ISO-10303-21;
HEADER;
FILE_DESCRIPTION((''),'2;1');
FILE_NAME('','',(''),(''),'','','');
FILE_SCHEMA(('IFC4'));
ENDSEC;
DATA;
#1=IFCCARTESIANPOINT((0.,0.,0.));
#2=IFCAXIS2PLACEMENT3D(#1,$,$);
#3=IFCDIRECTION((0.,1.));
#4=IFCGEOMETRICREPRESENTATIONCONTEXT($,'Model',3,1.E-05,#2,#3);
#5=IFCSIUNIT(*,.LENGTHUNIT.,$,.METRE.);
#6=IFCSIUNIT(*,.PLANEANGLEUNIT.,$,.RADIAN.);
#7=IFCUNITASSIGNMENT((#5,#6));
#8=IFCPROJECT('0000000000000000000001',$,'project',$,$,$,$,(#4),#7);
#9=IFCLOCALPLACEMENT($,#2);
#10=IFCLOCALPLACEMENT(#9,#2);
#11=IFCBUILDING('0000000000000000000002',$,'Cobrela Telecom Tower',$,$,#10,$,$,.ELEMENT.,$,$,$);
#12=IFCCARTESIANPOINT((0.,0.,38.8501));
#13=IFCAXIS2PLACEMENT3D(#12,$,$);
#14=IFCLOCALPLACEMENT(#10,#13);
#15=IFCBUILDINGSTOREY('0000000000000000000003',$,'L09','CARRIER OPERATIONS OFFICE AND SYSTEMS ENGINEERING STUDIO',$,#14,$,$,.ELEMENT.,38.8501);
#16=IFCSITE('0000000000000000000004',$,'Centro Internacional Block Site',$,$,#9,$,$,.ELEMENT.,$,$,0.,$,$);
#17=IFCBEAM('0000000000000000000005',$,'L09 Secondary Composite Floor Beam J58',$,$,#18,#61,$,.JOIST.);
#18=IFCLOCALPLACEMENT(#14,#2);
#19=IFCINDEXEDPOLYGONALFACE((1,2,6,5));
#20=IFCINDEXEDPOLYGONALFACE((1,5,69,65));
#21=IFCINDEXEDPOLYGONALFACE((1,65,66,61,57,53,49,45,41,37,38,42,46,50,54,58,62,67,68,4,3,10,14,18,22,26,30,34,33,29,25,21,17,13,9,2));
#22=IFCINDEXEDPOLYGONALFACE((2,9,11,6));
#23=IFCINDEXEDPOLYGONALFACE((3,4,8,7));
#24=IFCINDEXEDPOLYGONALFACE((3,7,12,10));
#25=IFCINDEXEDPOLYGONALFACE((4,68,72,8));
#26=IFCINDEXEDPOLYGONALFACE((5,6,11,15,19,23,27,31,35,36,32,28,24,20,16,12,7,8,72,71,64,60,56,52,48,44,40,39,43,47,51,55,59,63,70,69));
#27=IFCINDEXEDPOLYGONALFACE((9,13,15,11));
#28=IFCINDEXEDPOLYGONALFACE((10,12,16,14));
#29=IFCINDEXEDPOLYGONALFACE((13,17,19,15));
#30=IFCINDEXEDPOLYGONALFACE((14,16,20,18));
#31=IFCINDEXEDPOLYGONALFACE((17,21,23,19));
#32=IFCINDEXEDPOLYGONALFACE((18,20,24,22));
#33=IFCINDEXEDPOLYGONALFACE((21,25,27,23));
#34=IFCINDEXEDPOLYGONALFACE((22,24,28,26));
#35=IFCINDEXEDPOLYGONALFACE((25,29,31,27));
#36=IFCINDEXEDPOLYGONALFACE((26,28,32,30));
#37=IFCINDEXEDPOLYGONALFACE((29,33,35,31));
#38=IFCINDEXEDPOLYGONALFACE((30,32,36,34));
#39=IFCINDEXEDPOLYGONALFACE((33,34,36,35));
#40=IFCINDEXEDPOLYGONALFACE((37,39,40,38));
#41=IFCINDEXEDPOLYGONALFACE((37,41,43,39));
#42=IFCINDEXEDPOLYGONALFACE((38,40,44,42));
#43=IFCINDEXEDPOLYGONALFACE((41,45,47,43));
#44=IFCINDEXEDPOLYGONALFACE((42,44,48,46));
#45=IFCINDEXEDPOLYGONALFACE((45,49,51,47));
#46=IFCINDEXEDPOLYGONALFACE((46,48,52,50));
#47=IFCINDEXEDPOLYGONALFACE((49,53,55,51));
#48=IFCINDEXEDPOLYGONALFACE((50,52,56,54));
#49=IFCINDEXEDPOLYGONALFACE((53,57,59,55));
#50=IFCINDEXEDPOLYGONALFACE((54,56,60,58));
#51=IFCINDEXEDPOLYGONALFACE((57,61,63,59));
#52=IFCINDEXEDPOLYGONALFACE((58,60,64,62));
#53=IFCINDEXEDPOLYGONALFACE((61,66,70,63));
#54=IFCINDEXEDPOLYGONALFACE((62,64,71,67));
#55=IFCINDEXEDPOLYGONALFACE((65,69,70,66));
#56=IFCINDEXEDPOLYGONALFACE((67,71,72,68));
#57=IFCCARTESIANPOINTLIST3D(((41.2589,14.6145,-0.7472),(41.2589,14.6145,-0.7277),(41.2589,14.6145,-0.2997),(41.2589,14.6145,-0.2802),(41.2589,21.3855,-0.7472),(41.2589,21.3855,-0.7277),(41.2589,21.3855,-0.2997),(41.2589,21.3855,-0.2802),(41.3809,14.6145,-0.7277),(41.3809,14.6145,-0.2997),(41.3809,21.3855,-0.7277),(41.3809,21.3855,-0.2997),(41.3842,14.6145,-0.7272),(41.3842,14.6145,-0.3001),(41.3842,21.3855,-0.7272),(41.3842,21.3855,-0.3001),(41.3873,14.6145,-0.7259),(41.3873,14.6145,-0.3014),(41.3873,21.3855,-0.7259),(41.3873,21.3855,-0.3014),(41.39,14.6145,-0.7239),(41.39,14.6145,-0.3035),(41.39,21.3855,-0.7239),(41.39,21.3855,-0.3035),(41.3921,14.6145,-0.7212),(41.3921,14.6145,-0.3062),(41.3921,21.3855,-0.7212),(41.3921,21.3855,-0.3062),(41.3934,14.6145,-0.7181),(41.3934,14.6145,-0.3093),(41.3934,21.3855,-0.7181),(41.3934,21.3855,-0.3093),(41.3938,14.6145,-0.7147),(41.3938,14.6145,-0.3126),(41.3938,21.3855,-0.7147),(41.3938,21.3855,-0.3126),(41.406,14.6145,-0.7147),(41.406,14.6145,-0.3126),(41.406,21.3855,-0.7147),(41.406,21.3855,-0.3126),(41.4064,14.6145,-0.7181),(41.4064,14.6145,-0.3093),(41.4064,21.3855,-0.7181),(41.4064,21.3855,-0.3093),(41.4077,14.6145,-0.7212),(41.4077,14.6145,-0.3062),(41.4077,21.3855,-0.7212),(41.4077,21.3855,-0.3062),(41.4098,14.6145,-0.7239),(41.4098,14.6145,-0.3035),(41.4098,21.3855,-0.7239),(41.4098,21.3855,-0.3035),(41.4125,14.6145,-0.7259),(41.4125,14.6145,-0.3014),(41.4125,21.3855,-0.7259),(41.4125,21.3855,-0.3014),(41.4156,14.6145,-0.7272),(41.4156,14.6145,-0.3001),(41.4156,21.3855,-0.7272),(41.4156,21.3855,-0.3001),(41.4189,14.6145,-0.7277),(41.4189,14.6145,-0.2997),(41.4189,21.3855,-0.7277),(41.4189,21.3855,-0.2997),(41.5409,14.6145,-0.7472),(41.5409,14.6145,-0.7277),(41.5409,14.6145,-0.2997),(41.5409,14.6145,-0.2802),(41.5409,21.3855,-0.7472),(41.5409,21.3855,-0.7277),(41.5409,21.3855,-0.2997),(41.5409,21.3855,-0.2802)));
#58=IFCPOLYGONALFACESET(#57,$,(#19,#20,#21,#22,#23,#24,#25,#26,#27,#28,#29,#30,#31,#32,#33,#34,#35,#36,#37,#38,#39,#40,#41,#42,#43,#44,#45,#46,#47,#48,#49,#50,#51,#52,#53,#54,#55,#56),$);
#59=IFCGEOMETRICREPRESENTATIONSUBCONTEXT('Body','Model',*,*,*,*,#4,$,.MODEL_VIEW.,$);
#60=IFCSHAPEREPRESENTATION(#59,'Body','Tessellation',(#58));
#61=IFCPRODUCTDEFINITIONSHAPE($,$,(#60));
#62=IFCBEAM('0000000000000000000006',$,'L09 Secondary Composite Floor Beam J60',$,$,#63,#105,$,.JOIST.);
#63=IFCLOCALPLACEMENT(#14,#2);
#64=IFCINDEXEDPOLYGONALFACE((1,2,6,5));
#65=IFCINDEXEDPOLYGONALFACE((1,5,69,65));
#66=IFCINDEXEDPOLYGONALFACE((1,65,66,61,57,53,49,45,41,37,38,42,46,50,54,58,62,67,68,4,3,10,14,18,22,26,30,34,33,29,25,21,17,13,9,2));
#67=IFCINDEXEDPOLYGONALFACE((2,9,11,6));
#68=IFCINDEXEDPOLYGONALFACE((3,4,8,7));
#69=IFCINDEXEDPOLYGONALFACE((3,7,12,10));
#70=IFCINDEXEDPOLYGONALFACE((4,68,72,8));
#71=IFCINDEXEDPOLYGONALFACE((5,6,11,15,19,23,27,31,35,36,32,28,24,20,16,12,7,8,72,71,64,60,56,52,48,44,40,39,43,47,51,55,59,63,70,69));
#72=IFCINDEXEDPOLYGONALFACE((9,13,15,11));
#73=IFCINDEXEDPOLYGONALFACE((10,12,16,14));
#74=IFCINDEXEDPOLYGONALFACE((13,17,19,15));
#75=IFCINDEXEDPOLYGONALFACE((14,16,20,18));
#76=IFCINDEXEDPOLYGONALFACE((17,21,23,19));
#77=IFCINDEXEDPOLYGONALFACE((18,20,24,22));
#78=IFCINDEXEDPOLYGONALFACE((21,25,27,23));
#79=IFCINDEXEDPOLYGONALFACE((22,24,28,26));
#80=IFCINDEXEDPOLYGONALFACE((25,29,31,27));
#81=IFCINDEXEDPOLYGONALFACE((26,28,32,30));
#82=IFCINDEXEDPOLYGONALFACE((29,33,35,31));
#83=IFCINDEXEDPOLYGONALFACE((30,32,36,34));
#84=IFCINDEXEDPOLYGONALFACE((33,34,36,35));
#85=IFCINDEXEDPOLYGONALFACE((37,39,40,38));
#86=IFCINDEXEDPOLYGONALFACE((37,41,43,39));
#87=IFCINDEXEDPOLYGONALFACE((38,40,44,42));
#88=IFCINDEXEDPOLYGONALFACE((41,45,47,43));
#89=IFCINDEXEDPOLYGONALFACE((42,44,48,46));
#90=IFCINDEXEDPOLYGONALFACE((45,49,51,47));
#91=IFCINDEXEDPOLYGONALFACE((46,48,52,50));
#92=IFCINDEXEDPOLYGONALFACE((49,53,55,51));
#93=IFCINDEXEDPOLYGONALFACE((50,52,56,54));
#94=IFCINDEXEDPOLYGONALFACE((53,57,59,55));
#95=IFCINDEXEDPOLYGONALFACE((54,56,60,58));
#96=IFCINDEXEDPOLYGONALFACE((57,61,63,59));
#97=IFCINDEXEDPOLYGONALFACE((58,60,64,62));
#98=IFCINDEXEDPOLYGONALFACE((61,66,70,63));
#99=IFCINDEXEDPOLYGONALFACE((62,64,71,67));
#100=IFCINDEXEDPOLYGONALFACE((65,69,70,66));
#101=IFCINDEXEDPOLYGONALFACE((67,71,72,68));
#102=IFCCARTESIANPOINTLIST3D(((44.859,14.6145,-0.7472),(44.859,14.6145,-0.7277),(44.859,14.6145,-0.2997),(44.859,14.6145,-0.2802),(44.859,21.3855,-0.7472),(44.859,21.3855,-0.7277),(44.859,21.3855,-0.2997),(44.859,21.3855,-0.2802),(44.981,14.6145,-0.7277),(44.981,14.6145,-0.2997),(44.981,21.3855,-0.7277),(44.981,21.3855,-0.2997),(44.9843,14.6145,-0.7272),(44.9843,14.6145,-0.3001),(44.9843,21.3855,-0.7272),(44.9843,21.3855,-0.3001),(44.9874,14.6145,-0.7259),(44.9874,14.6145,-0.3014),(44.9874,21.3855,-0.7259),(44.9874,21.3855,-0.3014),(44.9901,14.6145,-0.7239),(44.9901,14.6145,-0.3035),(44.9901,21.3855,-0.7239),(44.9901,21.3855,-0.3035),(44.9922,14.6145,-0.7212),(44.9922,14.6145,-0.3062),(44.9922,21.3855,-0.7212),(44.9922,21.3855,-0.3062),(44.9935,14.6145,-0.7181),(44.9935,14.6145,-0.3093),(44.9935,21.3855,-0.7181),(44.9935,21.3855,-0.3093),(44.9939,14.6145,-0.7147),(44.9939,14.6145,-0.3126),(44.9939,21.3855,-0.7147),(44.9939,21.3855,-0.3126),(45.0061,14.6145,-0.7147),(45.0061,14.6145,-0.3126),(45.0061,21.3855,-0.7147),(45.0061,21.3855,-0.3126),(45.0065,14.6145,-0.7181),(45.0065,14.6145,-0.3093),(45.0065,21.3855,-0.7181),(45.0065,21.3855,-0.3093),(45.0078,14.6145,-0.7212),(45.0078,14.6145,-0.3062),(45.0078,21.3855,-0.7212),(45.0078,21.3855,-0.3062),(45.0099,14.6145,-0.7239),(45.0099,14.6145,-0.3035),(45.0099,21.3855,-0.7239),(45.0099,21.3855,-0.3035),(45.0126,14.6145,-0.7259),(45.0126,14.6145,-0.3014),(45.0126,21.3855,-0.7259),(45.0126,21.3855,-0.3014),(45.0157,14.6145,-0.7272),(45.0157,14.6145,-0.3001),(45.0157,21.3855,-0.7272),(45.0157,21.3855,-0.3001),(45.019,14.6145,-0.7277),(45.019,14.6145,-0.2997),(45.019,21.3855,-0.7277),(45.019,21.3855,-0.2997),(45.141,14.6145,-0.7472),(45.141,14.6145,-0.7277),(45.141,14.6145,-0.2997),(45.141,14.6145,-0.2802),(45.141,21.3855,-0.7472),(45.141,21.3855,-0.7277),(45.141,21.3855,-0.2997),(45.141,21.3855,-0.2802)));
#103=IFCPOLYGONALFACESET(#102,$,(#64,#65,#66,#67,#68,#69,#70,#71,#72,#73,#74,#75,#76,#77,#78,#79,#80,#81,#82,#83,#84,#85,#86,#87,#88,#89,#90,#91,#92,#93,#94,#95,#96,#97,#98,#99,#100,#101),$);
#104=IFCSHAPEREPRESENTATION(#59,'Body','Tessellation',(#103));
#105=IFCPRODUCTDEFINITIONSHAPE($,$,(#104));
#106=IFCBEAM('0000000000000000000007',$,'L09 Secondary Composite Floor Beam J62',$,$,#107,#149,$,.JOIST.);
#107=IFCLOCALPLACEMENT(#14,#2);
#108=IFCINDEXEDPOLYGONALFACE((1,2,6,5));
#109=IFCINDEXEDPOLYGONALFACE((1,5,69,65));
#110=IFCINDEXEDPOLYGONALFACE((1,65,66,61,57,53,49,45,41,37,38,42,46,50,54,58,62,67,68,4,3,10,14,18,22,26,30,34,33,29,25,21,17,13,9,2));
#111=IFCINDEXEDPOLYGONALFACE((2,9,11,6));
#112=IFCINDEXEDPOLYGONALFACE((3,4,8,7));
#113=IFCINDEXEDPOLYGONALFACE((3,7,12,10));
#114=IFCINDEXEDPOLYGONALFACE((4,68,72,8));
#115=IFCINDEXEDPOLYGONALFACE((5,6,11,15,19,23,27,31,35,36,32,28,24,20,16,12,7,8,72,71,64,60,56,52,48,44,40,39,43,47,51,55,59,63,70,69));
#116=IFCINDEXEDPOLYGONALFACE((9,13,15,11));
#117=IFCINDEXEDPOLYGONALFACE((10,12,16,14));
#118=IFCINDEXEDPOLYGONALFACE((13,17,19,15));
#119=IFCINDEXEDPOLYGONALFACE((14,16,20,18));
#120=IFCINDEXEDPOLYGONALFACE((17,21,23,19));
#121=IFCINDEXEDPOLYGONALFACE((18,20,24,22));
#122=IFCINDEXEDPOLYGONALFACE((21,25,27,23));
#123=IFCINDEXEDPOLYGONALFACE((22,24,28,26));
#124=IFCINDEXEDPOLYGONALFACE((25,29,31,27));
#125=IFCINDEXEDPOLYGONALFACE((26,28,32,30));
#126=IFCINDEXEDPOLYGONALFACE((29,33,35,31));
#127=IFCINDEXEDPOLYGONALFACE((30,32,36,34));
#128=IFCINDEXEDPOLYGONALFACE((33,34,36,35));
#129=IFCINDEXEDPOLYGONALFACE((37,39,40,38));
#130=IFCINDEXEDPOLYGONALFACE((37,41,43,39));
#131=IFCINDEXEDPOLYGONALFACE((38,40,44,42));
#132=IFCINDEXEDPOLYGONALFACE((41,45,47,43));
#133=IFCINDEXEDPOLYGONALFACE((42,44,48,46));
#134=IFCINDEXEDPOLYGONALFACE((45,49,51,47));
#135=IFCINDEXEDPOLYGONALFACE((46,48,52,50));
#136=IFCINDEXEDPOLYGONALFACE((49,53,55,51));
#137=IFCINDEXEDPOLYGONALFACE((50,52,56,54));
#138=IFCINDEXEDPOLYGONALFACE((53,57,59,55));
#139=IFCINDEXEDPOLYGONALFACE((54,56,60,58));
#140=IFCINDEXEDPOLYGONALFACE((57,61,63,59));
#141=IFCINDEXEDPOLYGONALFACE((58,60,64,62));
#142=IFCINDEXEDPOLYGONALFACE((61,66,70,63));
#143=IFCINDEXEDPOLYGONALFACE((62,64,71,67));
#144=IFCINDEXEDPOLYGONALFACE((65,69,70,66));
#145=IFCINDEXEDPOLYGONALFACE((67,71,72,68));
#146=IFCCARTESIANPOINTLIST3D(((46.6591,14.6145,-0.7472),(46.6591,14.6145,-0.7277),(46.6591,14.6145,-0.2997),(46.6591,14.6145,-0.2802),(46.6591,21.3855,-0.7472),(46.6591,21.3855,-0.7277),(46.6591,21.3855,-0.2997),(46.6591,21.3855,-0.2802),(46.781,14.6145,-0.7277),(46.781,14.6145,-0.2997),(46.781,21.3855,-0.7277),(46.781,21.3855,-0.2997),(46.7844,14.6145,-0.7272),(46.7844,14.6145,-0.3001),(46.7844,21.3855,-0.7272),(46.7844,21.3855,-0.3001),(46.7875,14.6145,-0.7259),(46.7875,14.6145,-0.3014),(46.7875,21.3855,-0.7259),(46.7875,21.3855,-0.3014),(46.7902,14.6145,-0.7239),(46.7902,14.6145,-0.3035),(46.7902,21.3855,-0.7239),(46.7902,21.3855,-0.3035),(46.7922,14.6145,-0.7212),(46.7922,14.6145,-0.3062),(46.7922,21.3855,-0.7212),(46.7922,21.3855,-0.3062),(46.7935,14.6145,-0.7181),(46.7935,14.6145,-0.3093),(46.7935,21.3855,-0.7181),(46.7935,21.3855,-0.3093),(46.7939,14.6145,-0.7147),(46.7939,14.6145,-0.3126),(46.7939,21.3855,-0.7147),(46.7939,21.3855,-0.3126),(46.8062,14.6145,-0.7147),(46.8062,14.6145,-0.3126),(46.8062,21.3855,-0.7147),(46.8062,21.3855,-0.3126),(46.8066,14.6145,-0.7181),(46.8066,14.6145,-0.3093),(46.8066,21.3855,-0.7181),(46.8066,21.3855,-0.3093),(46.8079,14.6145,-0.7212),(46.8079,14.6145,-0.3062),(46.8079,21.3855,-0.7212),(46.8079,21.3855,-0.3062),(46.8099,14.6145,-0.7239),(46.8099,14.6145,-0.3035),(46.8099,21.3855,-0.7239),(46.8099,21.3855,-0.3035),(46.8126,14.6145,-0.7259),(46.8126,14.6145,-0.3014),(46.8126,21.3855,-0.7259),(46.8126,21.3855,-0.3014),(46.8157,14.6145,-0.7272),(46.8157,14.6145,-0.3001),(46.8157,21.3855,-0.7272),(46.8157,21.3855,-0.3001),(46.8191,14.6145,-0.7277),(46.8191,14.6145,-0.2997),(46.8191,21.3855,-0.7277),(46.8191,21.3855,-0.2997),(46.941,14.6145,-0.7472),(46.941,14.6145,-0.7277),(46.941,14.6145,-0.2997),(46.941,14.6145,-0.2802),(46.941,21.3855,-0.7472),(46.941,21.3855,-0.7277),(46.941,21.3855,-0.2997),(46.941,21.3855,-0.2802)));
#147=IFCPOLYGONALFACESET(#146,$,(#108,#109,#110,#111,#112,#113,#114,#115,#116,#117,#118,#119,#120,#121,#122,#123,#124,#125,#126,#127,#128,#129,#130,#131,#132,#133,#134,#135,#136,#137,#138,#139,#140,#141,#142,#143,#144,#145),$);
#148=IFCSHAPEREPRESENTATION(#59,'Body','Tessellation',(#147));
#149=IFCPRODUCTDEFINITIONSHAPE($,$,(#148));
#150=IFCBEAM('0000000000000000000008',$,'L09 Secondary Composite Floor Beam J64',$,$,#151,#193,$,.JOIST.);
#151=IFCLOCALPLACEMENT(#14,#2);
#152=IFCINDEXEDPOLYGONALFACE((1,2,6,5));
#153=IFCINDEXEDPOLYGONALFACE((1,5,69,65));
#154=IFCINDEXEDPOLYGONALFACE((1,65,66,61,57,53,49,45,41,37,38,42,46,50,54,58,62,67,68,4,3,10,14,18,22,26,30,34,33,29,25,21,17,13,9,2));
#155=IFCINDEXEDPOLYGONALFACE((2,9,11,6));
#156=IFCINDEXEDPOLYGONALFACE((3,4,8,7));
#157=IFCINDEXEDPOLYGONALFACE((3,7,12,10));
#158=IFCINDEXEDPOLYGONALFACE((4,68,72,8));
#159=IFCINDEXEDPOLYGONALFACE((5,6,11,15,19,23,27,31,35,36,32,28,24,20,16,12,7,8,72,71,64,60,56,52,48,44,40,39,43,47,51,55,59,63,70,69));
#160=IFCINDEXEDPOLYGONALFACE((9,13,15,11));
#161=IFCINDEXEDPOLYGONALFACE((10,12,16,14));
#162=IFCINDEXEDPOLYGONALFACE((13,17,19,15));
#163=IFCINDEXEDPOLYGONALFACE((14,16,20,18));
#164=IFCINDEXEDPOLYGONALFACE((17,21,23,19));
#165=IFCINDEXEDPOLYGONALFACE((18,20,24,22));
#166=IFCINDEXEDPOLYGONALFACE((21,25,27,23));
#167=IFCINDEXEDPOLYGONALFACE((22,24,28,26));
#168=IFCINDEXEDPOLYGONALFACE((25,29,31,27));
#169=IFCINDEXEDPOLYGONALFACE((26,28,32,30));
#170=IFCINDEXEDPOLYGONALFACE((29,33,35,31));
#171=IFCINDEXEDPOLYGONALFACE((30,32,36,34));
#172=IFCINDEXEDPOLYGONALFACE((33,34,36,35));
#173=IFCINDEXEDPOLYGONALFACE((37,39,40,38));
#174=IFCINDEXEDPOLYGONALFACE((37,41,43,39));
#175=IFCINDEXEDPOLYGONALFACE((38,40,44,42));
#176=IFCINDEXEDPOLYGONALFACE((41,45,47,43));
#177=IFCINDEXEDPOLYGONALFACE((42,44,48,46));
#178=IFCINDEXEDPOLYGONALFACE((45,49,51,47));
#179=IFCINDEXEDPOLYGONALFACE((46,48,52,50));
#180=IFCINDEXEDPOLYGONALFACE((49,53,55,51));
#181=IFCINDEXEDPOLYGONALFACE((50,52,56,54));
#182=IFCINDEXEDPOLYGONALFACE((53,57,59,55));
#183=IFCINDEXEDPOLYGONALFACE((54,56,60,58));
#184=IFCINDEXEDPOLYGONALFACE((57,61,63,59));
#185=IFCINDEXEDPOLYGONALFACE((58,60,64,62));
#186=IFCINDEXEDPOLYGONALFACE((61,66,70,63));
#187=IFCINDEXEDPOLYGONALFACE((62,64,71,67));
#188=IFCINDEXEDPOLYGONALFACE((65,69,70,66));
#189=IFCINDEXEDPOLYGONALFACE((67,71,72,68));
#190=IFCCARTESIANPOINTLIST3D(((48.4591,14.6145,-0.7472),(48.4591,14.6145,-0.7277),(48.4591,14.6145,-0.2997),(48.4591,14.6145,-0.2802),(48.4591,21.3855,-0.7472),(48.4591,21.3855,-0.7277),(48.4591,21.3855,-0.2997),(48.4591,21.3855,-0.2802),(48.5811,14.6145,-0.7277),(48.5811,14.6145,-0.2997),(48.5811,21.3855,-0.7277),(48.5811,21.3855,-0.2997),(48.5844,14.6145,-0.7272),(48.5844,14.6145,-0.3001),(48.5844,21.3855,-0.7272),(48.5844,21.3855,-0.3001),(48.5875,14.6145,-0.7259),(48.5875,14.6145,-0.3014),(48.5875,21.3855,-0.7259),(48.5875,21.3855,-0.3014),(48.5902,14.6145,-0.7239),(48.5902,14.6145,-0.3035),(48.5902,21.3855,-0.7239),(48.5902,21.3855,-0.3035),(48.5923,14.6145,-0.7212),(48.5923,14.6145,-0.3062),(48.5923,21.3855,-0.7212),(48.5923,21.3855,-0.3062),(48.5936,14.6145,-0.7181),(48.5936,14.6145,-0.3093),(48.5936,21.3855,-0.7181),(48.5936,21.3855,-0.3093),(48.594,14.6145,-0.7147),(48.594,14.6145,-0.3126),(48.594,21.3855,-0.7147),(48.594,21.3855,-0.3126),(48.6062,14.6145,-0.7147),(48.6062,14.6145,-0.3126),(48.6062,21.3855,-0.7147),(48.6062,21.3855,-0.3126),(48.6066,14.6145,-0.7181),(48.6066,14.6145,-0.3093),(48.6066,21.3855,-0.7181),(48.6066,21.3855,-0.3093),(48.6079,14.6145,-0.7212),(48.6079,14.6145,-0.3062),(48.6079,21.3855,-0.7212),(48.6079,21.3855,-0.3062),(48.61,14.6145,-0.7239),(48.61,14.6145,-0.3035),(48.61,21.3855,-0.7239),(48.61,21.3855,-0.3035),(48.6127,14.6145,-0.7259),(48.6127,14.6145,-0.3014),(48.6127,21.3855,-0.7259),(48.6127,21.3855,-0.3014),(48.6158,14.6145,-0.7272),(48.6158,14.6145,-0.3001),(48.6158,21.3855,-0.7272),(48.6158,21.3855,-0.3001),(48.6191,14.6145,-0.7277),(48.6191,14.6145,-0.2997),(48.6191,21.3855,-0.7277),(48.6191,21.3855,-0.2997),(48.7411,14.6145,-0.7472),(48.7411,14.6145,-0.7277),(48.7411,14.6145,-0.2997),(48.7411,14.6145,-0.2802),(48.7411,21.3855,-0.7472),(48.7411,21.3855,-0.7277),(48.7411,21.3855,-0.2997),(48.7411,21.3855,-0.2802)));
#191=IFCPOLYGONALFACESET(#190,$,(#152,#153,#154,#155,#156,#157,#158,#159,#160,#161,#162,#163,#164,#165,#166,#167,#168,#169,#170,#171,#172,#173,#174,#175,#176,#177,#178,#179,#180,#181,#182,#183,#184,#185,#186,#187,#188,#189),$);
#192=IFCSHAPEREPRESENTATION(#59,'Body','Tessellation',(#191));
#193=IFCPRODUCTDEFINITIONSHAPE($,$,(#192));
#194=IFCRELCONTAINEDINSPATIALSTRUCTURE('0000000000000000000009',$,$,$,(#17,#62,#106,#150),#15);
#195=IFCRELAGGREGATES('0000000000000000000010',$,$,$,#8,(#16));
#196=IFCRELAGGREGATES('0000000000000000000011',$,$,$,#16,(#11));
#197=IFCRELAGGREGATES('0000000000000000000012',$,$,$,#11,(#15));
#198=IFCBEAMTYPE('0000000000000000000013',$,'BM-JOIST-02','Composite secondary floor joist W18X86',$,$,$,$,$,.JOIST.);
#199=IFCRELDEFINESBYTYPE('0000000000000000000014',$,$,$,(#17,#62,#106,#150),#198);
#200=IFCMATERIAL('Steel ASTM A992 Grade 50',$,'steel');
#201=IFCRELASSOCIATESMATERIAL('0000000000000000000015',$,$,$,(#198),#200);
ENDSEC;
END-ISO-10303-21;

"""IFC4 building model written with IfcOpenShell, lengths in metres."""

from ifc_helpers import new_model, si_unit, direction, frame, origin, origin_2d, place, context, subcontext, project, spatial, i_section, extrude, material, material_profile, profile_set, type_object, element, save


model = new_model("IFC4")

# Units and contexts
model_context = context("Model", 3, precision=1e-05, world=origin(), true_north=direction((0.0, 1.0)))
body_context = subcontext(model_context, "Body", "Model", "MODEL_VIEW")
ifc_project = project(units=[si_unit("LENGTHUNIT", "METRE"), si_unit("PLANEANGLEUNIT", "RADIAN")], contexts=[model_context])

# Site, building, storey
site_placement = place(None, origin())
site = spatial("IfcSite", under=ifc_project, at=site_placement, Name="Centro Internacional Block Site", CompositionType="ELEMENT", RefElevation=0.0)
building_placement = place(site_placement, origin())
building = spatial("IfcBuilding", under=site, at=building_placement, Name="Cobrela Telecom Tower", CompositionType="ELEMENT")
storey_placement = place(building_placement, frame((0.0, 0.0, 38.8501)))
storey = spatial("IfcBuildingStorey", under=building, at=storey_placement, Name="L09", Description="CARRIER OPERATIONS OFFICE AND SYSTEMS ENGINEERING STUDIO", CompositionType="ELEMENT", Elevation=38.8501)

# Shared definitions
ifc_material_1 = material(Name="Steel ASTM A992 Grade 50", Category="steel")

# Beams
ifc_material_profile_1 = material_profile(ifc_material_1, i_section(OverallWidth=0.282, OverallDepth=0.467, WebThickness=0.0122, FlangeThickness=0.0195, FilletRadius=0.0129, at=origin_2d()), Name="W18X86")
ifc_profile_set_1 = profile_set([ifc_material_profile_1], Name="Steel ASTM A992 Grade 50")
beam_type_1 = type_object("IfcBeamType", Name="BM-JOIST-02", Description="Composite secondary floor joist W18X86", PredefinedType="JOIST", material=ifc_profile_set_1)
for number, where, z_axis, x_axis, name in (
    (1, (41.3999, 14.6145, -0.5137), (0.0, 1.0, 0.0), (-1.0, 0.0, 0.0), "L09 Secondary Composite Floor Beam J58"),
    (2, (45.0, 14.6145, -0.5137), (0.0, 1.0, 0.0), (-1.0, 0.0, 0.0), "L09 Secondary Composite Floor Beam J60"),
    (3, (46.8, 14.6145, -0.5137), (0.0, 1.0, 0.0), (-1.0, 0.0, 0.0), "L09 Secondary Composite Floor Beam J62"),
    (4, (48.6001, 14.6145, -0.5137), (0.0, 1.0, 0.0), (-1.0, 0.0, 0.0), "L09 Secondary Composite Floor Beam J64"),
):
    element("IfcBeam", number, at=place(storey_placement, frame(where, z_axis=z_axis, x_axis=x_axis)), inside=storey, type_object=beam_type_1, Name=name, PredefinedType="JOIST", context=body_context, shape_type="SweptSolid", body=[
        extrude(i_section(OverallWidth=0.282, OverallDepth=0.467, WebThickness=0.0122, FlangeThickness=0.0195, FilletRadius=0.0129, at=origin_2d()), origin(), (0.0, 0.0, 1.0), 6.771),
    ])

save(model, "model.ifc")
